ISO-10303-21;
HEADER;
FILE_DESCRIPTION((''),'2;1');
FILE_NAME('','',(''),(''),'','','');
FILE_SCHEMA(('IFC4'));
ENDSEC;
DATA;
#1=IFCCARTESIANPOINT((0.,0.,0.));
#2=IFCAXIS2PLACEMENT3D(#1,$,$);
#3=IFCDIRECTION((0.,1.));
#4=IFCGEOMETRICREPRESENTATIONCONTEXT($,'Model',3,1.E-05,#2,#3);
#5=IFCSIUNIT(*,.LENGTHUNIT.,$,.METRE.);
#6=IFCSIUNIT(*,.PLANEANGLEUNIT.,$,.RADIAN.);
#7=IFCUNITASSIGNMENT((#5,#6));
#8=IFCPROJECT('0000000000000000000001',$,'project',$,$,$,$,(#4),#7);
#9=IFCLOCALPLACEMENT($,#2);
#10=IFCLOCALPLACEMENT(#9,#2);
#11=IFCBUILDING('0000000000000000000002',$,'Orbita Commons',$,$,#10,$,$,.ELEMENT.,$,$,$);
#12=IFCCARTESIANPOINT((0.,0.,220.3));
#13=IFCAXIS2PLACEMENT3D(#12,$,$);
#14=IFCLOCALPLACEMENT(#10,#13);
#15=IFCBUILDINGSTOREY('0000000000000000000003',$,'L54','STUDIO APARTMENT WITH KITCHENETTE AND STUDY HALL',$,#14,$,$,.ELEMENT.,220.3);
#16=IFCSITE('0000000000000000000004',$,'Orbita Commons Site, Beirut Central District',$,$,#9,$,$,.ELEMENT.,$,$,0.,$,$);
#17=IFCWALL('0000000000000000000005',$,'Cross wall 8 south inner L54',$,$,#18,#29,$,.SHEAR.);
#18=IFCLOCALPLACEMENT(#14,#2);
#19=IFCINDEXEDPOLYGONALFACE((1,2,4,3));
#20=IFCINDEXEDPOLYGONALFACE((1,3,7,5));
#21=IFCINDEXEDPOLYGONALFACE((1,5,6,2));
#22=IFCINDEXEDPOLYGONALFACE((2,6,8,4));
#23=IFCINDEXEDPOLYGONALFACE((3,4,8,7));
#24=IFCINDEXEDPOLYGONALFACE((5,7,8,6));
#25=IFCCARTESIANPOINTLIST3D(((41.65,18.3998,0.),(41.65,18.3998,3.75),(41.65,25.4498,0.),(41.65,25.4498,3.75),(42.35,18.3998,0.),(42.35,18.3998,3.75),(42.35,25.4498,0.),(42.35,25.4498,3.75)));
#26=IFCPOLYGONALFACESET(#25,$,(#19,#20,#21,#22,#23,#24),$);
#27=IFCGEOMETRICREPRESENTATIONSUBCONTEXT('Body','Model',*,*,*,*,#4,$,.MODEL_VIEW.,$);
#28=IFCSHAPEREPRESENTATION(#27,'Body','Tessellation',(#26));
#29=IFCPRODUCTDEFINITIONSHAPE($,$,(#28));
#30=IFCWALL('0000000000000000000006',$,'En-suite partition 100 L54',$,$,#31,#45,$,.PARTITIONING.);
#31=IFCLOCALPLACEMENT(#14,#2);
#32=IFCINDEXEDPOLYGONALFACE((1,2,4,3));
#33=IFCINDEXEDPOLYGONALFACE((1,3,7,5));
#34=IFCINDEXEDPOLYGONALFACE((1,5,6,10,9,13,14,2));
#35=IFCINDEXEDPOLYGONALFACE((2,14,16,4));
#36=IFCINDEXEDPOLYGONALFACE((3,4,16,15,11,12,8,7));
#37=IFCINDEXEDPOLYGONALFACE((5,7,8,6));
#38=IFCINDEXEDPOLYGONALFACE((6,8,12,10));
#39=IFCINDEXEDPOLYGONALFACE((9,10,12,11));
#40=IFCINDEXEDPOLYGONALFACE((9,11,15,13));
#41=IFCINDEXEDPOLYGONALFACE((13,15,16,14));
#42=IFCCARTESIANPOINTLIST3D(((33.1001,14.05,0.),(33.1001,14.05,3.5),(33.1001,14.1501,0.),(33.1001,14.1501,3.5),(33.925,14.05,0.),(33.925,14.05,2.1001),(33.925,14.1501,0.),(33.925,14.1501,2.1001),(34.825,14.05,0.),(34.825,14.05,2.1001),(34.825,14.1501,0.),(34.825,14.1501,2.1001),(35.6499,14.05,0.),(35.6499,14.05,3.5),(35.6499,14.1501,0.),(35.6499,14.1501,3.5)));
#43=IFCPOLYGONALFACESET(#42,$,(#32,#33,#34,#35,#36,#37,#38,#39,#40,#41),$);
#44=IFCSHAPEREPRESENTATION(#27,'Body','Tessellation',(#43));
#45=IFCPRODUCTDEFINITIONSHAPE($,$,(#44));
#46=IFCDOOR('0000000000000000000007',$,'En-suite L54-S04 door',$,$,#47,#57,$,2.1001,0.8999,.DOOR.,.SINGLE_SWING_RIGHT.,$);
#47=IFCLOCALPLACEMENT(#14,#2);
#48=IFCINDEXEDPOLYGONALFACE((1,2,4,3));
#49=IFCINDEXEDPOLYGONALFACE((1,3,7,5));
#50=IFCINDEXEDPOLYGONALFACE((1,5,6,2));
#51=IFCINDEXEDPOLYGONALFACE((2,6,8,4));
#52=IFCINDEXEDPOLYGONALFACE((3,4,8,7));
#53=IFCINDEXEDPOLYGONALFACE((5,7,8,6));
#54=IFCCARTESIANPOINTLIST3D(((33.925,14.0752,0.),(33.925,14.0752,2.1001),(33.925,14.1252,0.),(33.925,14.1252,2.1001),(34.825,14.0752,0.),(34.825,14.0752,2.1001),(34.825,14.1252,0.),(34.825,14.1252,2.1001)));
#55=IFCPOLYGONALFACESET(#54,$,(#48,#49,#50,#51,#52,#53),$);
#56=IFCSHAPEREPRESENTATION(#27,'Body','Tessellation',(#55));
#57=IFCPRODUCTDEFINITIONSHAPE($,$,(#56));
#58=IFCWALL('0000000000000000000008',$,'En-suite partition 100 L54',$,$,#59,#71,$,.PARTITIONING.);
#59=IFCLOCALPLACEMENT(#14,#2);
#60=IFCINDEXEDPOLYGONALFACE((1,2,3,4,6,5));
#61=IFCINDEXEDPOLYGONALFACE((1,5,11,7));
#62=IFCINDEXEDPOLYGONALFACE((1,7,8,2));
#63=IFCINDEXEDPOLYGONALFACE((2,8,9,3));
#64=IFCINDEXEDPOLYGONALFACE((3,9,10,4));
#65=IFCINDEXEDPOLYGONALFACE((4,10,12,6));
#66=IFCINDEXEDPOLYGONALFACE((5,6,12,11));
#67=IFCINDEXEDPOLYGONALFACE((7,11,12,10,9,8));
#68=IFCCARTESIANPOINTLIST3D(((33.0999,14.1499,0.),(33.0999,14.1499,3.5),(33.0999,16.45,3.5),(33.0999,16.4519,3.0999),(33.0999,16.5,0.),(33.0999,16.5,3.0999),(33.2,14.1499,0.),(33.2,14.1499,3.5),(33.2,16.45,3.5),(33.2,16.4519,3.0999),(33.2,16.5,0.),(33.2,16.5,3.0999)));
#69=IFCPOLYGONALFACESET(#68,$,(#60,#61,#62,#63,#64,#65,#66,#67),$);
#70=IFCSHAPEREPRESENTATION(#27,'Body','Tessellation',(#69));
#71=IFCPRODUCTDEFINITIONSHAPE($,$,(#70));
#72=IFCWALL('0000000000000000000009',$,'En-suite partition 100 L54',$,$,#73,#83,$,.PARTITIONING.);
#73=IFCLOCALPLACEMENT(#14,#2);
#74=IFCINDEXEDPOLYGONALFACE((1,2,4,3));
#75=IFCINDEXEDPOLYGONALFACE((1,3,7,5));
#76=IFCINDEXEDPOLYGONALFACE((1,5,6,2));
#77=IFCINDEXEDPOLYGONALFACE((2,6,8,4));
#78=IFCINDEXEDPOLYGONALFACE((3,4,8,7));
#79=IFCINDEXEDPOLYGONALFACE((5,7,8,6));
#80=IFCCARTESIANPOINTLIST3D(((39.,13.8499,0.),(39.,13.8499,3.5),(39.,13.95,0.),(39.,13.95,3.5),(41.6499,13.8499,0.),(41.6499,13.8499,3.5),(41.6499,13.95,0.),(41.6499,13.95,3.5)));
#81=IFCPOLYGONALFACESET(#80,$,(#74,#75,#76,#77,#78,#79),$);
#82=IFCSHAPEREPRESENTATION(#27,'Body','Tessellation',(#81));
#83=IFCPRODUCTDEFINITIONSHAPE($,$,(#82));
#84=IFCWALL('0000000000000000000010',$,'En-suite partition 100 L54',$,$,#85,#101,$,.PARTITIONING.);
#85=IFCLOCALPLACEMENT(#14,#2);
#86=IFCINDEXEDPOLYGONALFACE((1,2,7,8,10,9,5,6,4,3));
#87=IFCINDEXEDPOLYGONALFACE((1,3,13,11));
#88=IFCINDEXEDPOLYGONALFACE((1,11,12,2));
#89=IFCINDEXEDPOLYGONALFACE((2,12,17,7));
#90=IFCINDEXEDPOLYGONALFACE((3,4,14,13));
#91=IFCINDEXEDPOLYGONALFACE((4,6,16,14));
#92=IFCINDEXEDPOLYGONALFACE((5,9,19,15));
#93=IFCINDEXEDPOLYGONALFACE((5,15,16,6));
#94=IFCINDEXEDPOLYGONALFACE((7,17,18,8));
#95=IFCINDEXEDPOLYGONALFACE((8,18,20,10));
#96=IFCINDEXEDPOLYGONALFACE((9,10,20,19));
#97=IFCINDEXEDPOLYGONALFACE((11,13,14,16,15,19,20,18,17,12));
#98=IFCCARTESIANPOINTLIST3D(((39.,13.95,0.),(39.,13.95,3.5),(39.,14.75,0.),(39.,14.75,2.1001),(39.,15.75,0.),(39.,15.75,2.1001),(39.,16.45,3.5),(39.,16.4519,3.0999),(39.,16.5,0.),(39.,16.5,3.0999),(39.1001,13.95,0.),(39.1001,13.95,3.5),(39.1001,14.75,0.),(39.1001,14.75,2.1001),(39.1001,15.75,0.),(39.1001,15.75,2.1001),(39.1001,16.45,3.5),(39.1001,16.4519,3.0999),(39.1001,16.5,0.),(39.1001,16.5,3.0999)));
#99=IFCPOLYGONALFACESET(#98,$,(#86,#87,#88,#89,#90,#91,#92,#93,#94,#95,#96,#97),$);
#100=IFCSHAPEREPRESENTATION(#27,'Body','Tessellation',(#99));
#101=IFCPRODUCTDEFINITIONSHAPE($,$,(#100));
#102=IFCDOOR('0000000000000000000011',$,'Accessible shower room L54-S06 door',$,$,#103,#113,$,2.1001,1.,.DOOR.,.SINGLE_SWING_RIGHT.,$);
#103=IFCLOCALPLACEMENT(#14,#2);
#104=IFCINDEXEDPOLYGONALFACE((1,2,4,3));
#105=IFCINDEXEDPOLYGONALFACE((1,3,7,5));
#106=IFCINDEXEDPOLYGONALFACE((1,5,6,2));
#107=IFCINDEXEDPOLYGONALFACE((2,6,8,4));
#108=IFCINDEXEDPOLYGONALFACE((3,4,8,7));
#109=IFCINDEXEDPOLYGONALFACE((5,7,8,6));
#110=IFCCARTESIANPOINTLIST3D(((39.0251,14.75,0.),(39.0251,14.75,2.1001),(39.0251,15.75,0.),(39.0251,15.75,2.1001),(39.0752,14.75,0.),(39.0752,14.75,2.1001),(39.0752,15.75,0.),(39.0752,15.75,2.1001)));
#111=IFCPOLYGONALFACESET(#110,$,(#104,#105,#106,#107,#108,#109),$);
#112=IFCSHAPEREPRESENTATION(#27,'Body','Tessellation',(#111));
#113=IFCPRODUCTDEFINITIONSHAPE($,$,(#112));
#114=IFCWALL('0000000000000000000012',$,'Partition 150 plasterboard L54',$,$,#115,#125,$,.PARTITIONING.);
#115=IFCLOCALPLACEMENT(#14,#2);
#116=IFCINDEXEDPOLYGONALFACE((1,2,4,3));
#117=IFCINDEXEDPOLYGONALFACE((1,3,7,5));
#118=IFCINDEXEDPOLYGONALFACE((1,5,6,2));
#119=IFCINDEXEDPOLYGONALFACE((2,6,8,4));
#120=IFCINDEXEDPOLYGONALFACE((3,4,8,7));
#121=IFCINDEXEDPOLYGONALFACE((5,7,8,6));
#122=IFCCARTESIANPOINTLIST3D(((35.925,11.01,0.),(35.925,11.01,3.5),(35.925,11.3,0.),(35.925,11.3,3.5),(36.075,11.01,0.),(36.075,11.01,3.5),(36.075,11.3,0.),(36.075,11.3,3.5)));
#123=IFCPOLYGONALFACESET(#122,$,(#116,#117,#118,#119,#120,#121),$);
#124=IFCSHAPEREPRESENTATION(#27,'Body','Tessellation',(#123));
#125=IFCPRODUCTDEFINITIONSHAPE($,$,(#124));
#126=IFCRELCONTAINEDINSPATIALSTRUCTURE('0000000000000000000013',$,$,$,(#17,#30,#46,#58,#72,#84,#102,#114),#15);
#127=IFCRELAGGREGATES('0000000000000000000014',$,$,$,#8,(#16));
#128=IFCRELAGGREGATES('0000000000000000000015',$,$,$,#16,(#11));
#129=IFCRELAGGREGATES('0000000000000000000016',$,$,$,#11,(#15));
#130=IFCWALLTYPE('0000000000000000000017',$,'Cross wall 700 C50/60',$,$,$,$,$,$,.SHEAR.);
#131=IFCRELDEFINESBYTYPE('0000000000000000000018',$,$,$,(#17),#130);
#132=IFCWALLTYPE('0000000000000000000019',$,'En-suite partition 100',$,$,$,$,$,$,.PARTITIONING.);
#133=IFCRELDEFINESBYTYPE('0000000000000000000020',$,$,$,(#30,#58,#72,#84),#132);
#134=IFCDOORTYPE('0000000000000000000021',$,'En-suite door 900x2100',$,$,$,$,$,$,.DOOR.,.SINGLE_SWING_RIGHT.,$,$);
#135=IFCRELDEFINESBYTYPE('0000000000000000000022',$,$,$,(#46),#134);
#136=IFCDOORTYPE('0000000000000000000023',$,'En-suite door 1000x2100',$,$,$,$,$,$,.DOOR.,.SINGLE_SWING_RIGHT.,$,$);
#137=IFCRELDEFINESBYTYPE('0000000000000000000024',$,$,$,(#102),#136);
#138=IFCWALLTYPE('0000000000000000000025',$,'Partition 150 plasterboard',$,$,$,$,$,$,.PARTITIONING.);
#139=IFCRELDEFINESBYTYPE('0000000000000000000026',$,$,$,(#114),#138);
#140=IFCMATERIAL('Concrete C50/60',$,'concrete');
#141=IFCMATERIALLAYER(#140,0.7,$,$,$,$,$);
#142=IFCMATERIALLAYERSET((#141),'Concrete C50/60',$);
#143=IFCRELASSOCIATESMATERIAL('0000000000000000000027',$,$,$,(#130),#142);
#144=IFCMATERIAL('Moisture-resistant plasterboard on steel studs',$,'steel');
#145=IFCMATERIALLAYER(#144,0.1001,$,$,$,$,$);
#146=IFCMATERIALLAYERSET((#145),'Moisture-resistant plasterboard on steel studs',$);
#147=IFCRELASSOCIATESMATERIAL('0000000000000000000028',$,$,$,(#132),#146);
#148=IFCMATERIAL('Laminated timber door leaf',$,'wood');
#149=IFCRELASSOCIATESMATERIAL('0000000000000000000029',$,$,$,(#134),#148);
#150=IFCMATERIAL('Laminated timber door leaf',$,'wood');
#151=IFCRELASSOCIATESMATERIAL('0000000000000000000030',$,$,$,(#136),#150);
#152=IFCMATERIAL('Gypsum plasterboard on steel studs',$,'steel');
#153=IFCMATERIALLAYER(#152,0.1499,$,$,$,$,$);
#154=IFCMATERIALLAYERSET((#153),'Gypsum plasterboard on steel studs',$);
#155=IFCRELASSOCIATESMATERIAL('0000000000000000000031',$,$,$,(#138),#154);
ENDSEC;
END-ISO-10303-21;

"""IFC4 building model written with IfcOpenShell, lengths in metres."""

from ifc_helpers import new_model, si_unit, direction, frame, frame_2d, origin, place, context, subcontext, project, spatial, polyline, rectangle, outline, extrude, material, layer, layer_set, type_object, element, fill, save


model = new_model("IFC4")

# Units and contexts
model_context = context("Model", 3, precision=1e-05, world=origin(), true_north=direction((0.0, 1.0)))
body_context = subcontext(model_context, "Body", "Model", "MODEL_VIEW")
ifc_project = project(units=[si_unit("LENGTHUNIT", "METRE"), si_unit("PLANEANGLEUNIT", "RADIAN")], contexts=[model_context])

# Site, building, storey
site_placement = place(None, origin())
site = spatial("IfcSite", under=ifc_project, at=site_placement, Name="Orbita Commons Site, Beirut Central District", CompositionType="ELEMENT", RefElevation=0.0)
building_placement = place(site_placement, origin())
building = spatial("IfcBuilding", under=site, at=building_placement, Name="Orbita Commons", CompositionType="ELEMENT")
storey_placement = place(building_placement, frame((0.0, 0.0, 220.3)))
storey = spatial("IfcBuildingStorey", under=building, at=storey_placement, Name="L54", Description="STUDIO APARTMENT WITH KITCHENETTE AND STUDY HALL", CompositionType="ELEMENT", Elevation=220.3)

# Wall
ifc_material_1 = material(Name="Concrete C50/60", Category="concrete")
ifc_layer_1 = layer(ifc_material_1, 0.7)
ifc_layer_set_1 = layer_set([ifc_layer_1], Name="Concrete C50/60")
wall_type_1 = type_object("IfcWallType", Name="Cross wall 700 C50/60", PredefinedType="SHEAR", material=ifc_layer_set_1)
wall_1_placement = place(storey_placement, frame((42.0, 18.3999, 0.0), z_axis=(0.0, 0.0, 1.0), x_axis=(0.0, 1.0, 0.0)))
element("IfcWall", 1, at=wall_1_placement, inside=storey, type_object=wall_type_1, Name="Cross wall 8 south inner L54", PredefinedType="SHEAR", context=body_context, shape_type="SweptSolid", body=[
    extrude(rectangle(XDim=7.05, YDim=0.7, at=frame_2d((3.5249, 0.0))), origin(), (0.0, 0.0, 1.0), 3.75),
])

# Wall, opening, door
ifc_material_2 = material(Name="Moisture-resistant plasterboard on steel studs", Category="steel")
ifc_layer_2 = layer(ifc_material_2, 0.1001)
ifc_layer_set_2 = layer_set([ifc_layer_2], Name="Moisture-resistant plasterboard on steel studs")
wall_type_2 = type_object("IfcWallType", Name="En-suite partition 100", PredefinedType="PARTITIONING", material=ifc_layer_set_2)
wall_2_placement = place(storey_placement, frame((35.6499, 14.1001, 0.0), z_axis=(0.0, 0.0, 1.0), x_axis=(-1.0, 0.0, 0.0)))
wall_2 = element("IfcWall", 2, at=wall_2_placement, inside=storey, type_object=wall_type_2, Name="En-suite partition 100 L54", PredefinedType="PARTITIONING", context=body_context, shape_type="SweptSolid", body=[
    extrude(rectangle(XDim=2.5498, YDim=0.1001, at=frame_2d((1.2749, 0.0))), origin(), (0.0, 0.0, 1.0), 3.5),
])
opening_1_placement = place(wall_2_placement, frame((0.825, 0.0, 0.0)))
opening_1 = element("IfcOpeningElement", 3, at=opening_1_placement, cuts=wall_2, PredefinedType="OPENING", context=body_context, shape_type="SweptSolid", body=[
    extrude(rectangle(XDim=0.8999, YDim=2.1001, at=frame_2d((0.45, 1.05))), frame((0.0, 0.0601, 0.0), z_axis=(0.0, -1.0, 0.0), x_axis=(1.0, 0.0, 0.0)), (0.0, 0.0, 1.0), 0.1201),
])
ifc_material_3 = material(Name="Laminated timber door leaf", Category="wood")
door_type_1 = type_object("IfcDoorType", Name="En-suite door 900x2100", OperationType="SINGLE_SWING_RIGHT", PredefinedType="DOOR", material=ifc_material_3)
door_1_placement = place(opening_1_placement, origin())
door_1 = element("IfcDoor", 4, at=door_1_placement, inside=storey, type_object=door_type_1, Name="En-suite L54-S04 door", OperationType="SINGLE_SWING_RIGHT", OverallHeight=2.1001, OverallWidth=0.8999, PredefinedType="DOOR", context=body_context, shape_type="SweptSolid", body=[
    extrude(rectangle(XDim=0.8999, YDim=2.1001, at=frame_2d((0.45, 1.05))), frame((0.0, 0.0249, 0.0), z_axis=(0.0, -1.0, 0.0), x_axis=(1.0, 0.0, 0.0)), (0.0, 0.0, 1.0), 0.05),
])
fill(opening_1, door_1)

# Walls
wall_3_placement = place(storey_placement, frame((33.1499, 14.1499, 0.0), z_axis=(0.0, 0.0, 1.0), x_axis=(0.0, 1.0, 0.0)))
element("IfcWall", 5, at=wall_3_placement, inside=storey, type_object=wall_type_2, Name="En-suite partition 100 L54", PredefinedType="PARTITIONING", context=body_context, shape_type="SweptSolid", body=[
    extrude(outline(polyline([(0.0, 0.0), (2.3501, 0.0), (2.3501, 3.0999), (2.302, 3.0999), (2.3, 3.5), (0.0, 3.5), (0.0, 0.0)])), frame((0.0, 0.05, 0.0), z_axis=(0.0, -1.0, 0.0), x_axis=(1.0, 0.0, 0.0)), (0.0, 0.0, 1.0), 0.1001),
])
wall_4_placement = place(storey_placement, frame((39.0, 13.8999, 0.0), z_axis=(0.0, 0.0, 1.0), x_axis=(1.0, 0.0, 0.0)))
element("IfcWall", 6, at=wall_4_placement, inside=storey, type_object=wall_type_2, Name="En-suite partition 100 L54", PredefinedType="PARTITIONING", context=body_context, shape_type="SweptSolid", body=[
    extrude(rectangle(XDim=2.6499, YDim=0.1001, at=frame_2d((1.325, 0.0))), origin(), (0.0, 0.0, 1.0), 3.5),
])

# Wall, opening, door
wall_5_placement = place(storey_placement, frame((39.05, 13.95, 0.0), z_axis=(0.0, 0.0, 1.0), x_axis=(0.0, 1.0, 0.0)))
wall_5 = element("IfcWall", 7, at=wall_5_placement, inside=storey, type_object=wall_type_2, Name="En-suite partition 100 L54", PredefinedType="PARTITIONING", context=body_context, shape_type="SweptSolid", body=[
    extrude(outline(polyline([(0.0, 0.0), (2.55, 0.0), (2.55, 3.0999), (2.502, 3.0999), (2.5, 3.5), (0.0, 3.5), (0.0, 0.0)])), frame((0.0, 0.05, 0.0), z_axis=(0.0, -1.0, 0.0), x_axis=(1.0, 0.0, 0.0)), (0.0, 0.0, 1.0), 0.1001),
])
opening_2_placement = place(wall_5_placement, frame((0.8, 0.0, 0.0)))
opening_2 = element("IfcOpeningElement", 8, at=opening_2_placement, cuts=wall_5, PredefinedType="OPENING", context=body_context, shape_type="SweptSolid", body=[
    extrude(rectangle(XDim=1.0, YDim=2.1001, at=frame_2d((0.5, 1.05))), frame((0.0, 0.0601, 0.0), z_axis=(0.0, -1.0, 0.0), x_axis=(1.0, 0.0, 0.0)), (0.0, 0.0, 1.0), 0.1201),
])
ifc_material_4 = material(Name="Laminated timber door leaf", Category="wood")
door_type_2 = type_object("IfcDoorType", Name="En-suite door 1000x2100", OperationType="SINGLE_SWING_RIGHT", PredefinedType="DOOR", material=ifc_material_4)
door_2_placement = place(opening_2_placement, origin())
door_2 = element("IfcDoor", 9, at=door_2_placement, inside=storey, type_object=door_type_2, Name="Accessible shower room L54-S06 door", OperationType="SINGLE_SWING_RIGHT", OverallHeight=2.1001, OverallWidth=1.0, PredefinedType="DOOR", context=body_context, shape_type="SweptSolid", body=[
    extrude(rectangle(XDim=1.0, YDim=2.1001, at=frame_2d((0.5, 1.05))), frame((0.0, 0.0249, 0.0), z_axis=(0.0, -1.0, 0.0), x_axis=(1.0, 0.0, 0.0)), (0.0, 0.0, 1.0), 0.05),
])
fill(opening_2, door_2)

# Wall
ifc_material_5 = material(Name="Gypsum plasterboard on steel studs", Category="steel")
ifc_layer_3 = layer(ifc_material_5, 0.1499)
ifc_layer_set_3 = layer_set([ifc_layer_3], Name="Gypsum plasterboard on steel studs")
wall_type_3 = type_object("IfcWallType", Name="Partition 150 plasterboard", PredefinedType="PARTITIONING", material=ifc_layer_set_3)
wall_6_placement = place(storey_placement, frame((36.0, 11.3, 0.0), z_axis=(0.0, 0.0, 1.0), x_axis=(0.0, -1.0, 0.0)))
element("IfcWall", 10, at=wall_6_placement, inside=storey, type_object=wall_type_3, Name="Partition 150 plasterboard L54", PredefinedType="PARTITIONING", context=body_context, shape_type="SweptSolid", body=[
    extrude(rectangle(XDim=0.29, YDim=0.1499, at=frame_2d((0.145, 0.0))), origin(), (0.0, 0.0, 1.0), 3.5),
])

save(model, "model.ifc")
